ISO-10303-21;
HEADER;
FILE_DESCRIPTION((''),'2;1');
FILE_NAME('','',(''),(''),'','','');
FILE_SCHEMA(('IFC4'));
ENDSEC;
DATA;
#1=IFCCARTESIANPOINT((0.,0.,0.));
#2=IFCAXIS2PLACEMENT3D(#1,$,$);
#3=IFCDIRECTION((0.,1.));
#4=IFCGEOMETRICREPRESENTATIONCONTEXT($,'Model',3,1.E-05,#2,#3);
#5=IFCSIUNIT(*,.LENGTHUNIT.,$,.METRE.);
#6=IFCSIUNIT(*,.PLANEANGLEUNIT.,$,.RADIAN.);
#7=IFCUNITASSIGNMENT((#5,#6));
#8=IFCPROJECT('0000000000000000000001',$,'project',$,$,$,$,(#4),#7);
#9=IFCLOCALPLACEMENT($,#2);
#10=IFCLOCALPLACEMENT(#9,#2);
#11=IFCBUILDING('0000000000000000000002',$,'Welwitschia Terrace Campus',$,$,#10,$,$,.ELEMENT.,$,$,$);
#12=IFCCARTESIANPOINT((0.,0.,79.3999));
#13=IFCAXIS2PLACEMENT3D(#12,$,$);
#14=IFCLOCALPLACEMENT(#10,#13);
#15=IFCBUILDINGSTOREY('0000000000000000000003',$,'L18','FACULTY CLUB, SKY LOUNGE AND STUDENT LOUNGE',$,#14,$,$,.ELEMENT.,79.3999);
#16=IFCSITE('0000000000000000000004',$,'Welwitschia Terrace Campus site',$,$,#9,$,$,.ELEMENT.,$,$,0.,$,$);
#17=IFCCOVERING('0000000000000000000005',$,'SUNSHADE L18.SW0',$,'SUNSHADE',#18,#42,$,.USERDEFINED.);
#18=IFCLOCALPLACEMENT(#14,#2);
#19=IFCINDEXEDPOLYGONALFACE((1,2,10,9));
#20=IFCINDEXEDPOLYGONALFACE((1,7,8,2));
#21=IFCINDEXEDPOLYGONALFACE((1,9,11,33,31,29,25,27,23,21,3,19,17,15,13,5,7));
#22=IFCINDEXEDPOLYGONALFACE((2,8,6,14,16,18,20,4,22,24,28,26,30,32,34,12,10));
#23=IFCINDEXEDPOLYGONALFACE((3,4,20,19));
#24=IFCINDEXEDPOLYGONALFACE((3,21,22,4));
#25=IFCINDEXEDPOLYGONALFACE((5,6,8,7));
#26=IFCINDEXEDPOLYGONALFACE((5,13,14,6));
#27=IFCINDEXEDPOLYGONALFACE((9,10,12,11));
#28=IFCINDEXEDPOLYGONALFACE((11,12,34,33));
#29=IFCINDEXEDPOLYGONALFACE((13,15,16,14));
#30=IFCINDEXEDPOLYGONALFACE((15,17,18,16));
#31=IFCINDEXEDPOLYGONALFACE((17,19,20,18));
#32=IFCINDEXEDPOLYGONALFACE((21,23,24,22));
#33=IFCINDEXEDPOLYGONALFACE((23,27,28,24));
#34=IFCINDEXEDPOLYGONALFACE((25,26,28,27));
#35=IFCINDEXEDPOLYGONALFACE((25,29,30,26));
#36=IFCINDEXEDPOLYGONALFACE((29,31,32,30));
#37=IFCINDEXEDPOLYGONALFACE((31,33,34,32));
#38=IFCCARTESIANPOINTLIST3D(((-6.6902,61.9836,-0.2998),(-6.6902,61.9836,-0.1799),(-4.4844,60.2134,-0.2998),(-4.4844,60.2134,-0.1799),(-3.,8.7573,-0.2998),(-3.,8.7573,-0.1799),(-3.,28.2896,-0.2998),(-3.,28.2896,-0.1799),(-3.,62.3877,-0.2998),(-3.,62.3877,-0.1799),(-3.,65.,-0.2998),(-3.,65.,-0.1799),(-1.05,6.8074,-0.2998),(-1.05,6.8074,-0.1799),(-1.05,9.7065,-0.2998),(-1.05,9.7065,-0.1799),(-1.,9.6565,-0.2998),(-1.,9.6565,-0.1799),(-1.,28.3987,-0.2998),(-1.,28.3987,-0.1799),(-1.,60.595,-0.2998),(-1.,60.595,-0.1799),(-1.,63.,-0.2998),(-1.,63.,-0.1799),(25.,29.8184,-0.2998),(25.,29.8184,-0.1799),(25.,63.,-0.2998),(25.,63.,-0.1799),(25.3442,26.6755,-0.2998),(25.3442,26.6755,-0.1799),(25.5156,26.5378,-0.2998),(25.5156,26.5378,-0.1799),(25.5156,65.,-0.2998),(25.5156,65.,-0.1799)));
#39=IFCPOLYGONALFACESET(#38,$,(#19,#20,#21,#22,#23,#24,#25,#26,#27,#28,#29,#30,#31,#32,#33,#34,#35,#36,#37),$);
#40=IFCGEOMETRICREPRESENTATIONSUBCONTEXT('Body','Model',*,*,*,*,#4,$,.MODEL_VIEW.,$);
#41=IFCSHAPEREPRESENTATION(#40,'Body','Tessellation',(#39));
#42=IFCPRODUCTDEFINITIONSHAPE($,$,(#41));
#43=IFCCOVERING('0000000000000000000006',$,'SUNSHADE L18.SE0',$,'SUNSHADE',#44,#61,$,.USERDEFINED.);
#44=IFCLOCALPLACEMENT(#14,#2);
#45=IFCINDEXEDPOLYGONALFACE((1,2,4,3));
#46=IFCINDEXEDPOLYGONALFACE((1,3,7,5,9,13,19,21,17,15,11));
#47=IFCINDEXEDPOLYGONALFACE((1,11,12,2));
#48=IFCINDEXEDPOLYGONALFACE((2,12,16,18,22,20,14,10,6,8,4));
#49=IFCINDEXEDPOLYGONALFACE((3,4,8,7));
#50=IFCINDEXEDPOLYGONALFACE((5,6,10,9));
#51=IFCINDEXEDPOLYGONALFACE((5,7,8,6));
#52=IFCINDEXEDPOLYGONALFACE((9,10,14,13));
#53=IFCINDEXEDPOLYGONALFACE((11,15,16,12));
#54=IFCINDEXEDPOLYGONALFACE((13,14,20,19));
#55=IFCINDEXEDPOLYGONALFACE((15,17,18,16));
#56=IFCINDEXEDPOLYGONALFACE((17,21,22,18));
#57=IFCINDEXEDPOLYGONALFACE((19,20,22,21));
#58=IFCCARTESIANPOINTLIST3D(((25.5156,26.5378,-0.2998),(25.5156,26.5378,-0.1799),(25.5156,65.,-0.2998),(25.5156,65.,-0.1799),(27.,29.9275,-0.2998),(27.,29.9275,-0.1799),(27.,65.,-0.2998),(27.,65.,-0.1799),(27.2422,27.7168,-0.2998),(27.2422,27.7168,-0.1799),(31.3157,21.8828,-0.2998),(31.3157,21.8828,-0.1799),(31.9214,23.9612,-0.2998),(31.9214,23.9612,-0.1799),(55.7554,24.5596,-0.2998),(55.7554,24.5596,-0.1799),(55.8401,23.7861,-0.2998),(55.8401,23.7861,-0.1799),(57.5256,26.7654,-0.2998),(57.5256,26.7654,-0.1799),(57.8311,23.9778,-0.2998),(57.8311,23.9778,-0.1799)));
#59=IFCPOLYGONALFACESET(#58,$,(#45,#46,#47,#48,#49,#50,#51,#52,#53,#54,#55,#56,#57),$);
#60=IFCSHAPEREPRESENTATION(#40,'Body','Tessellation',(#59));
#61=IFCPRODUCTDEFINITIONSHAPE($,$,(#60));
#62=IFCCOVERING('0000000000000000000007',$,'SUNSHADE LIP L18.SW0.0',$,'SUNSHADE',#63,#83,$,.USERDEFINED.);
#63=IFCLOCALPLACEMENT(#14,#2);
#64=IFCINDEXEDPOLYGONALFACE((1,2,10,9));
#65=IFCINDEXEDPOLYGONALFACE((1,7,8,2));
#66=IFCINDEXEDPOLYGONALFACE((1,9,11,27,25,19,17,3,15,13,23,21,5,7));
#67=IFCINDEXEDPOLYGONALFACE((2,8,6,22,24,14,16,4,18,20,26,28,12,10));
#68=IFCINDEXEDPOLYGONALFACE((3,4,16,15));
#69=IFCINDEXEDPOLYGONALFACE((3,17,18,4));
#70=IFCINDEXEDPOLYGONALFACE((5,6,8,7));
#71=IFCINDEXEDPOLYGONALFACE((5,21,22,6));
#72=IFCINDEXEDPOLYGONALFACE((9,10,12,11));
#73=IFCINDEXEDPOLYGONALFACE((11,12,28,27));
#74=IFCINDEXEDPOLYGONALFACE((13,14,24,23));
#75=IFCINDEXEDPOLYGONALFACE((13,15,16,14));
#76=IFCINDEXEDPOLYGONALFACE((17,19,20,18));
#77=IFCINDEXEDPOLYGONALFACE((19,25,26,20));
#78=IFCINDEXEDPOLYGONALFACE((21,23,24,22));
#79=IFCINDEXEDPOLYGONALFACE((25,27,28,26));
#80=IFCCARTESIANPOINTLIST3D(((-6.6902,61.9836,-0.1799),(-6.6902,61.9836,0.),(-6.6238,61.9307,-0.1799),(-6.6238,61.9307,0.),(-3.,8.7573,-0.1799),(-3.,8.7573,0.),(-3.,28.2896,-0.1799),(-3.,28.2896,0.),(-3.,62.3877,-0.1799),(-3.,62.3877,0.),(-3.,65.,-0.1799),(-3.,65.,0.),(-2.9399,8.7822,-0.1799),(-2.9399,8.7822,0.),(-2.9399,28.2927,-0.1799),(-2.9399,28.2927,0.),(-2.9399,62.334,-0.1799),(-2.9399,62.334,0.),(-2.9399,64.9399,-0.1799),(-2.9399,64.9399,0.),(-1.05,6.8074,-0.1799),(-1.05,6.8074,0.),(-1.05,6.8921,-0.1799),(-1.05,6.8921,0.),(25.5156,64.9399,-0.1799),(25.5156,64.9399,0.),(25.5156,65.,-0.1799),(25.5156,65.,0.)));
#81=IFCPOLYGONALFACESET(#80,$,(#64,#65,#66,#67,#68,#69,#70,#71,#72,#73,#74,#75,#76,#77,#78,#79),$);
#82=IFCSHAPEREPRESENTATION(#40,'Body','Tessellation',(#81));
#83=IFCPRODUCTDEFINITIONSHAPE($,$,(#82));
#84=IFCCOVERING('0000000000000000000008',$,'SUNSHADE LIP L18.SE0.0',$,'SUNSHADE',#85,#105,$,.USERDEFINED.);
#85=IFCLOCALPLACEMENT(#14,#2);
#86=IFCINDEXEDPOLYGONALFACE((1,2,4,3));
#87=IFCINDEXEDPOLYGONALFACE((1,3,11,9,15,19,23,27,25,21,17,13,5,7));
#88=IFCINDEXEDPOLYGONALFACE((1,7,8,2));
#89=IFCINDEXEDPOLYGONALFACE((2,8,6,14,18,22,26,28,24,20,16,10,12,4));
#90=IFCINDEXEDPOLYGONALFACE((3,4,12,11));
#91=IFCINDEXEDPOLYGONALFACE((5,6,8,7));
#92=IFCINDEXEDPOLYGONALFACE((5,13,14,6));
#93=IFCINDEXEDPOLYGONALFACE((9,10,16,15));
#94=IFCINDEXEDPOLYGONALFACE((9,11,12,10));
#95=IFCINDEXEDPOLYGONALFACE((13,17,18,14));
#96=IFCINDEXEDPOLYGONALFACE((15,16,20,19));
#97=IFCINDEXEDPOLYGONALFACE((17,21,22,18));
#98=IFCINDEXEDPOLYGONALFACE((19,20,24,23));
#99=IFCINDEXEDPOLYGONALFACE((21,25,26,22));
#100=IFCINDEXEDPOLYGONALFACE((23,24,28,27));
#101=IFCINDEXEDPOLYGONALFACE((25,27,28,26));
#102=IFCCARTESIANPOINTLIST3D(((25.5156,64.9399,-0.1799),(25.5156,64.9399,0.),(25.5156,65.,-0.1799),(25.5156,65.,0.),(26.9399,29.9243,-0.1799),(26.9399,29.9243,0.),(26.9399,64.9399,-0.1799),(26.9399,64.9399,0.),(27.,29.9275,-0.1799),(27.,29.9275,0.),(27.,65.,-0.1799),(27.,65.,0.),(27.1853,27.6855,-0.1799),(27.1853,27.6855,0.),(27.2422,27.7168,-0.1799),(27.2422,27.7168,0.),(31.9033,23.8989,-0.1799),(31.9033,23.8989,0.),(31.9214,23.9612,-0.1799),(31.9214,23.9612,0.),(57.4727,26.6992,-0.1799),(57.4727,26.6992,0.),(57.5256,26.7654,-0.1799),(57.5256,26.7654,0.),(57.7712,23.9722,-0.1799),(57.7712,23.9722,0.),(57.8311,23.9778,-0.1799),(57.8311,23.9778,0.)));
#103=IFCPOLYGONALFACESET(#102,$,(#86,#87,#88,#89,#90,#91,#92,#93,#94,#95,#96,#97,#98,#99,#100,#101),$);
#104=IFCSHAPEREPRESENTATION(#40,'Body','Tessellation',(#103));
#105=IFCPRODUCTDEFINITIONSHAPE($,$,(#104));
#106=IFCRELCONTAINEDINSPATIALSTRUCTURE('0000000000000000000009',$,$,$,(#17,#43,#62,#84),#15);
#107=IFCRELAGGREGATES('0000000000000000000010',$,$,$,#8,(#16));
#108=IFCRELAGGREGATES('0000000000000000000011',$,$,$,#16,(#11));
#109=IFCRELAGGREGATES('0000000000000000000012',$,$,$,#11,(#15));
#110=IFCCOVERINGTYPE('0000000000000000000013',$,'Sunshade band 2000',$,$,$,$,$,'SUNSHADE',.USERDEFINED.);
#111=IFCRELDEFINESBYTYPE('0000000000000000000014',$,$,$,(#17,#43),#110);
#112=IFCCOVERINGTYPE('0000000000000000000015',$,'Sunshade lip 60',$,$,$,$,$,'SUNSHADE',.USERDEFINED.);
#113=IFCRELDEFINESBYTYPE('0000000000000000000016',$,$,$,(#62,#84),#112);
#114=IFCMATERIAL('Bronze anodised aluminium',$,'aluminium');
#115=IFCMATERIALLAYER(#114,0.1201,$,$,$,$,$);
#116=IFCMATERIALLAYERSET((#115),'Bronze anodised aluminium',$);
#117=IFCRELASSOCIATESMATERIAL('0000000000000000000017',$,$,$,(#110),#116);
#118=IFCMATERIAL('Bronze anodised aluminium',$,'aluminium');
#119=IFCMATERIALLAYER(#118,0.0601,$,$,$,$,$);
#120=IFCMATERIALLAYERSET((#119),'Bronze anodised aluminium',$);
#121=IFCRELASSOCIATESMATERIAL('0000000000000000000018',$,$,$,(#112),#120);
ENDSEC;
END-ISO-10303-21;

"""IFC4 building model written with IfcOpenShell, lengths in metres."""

from ifc_helpers import new_model, si_unit, direction, frame, origin, place, context, subcontext, project, spatial, polyline, outline, extrude, material, layer, layer_set, type_object, element, save


model = new_model("IFC4")

# Units and contexts
model_context = context("Model", 3, precision=1e-05, world=origin(), true_north=direction((0.0, 1.0)))
body_context = subcontext(model_context, "Body", "Model", "MODEL_VIEW")
ifc_project = project(units=[si_unit("LENGTHUNIT", "METRE"), si_unit("PLANEANGLEUNIT", "RADIAN")], contexts=[model_context])

# Site, building, storey
site_placement = place(None, origin())
site = spatial("IfcSite", under=ifc_project, at=site_placement, Name="Welwitschia Terrace Campus site", CompositionType="ELEMENT", RefElevation=0.0)
building_placement = place(site_placement, origin())
building = spatial("IfcBuilding", under=site, at=building_placement, Name="Welwitschia Terrace Campus", CompositionType="ELEMENT")
storey_placement = place(building_placement, frame((0.0, 0.0, 79.3999)))
storey = spatial("IfcBuildingStorey", under=building, at=storey_placement, Name="L18", Description="FACULTY CLUB, SKY LOUNGE AND STUDENT LOUNGE", CompositionType="ELEMENT", Elevation=79.3999)

# Coverings
ifc_material_1 = material(Name="Bronze anodised aluminium", Category="aluminium")
ifc_layer_1 = layer(ifc_material_1, 0.1201)
ifc_layer_set_1 = layer_set([ifc_layer_1], Name="Bronze anodised aluminium")
covering_type_1 = type_object("IfcCoveringType", Name="Sunshade band 2000", ElementType="SUNSHADE", PredefinedType="USERDEFINED", material=ifc_layer_set_1)
covering_1_placement = place(storey_placement, frame((0.0, 0.0, -0.2998)))
element("IfcCovering", 1, at=covering_1_placement, inside=storey, type_object=covering_type_1, Name="SUNSHADE L18.SW0", ObjectType="SUNSHADE", PredefinedType="USERDEFINED", context=body_context, shape_type="SweptSolid", body=[
    extrude(outline(polyline([(25.3442, 26.6755), (25.0, 29.8184), (25.0, 63.0), (-1.0, 63.0), (-1.0, 60.595), (-4.4844, 60.2134), (-1.0, 28.3987), (-1.0, 9.6565), (-1.05, 9.7065), (-1.05, 6.8074), (-3.0, 8.7573), (-3.0, 28.2896), (-6.6902, 61.9836), (-3.0, 62.3877), (-3.0, 65.0), (25.5156, 65.0), (25.5156, 26.5378), (25.3442, 26.6755)])), origin(), (0.0, 0.0, 1.0), 0.1199),
])
covering_2_placement = place(storey_placement, frame((0.0, 0.0, -0.2998)))
element("IfcCovering", 2, at=covering_2_placement, inside=storey, type_object=covering_type_1, Name="SUNSHADE L18.SE0", ObjectType="SUNSHADE", PredefinedType="USERDEFINED", context=body_context, shape_type="SweptSolid", body=[
    extrude(outline(polyline([(31.9214, 23.9612), (57.5256, 26.7654), (57.8311, 23.9778), (55.8401, 23.7861), (55.7554, 24.5596), (31.3157, 21.8828), (25.5156, 26.5378), (25.5156, 65.0), (27.0, 65.0), (27.0, 29.9275), (27.2422, 27.7168), (31.9214, 23.9612)])), origin(), (0.0, 0.0, 1.0), 0.1199),
])
ifc_material_2 = material(Name="Bronze anodised aluminium", Category="aluminium")
ifc_layer_2 = layer(ifc_material_2, 0.0601)
ifc_layer_set_2 = layer_set([ifc_layer_2], Name="Bronze anodised aluminium")
covering_type_2 = type_object("IfcCoveringType", Name="Sunshade lip 60", ElementType="SUNSHADE", PredefinedType="USERDEFINED", material=ifc_layer_set_2)
covering_3_placement = place(storey_placement, frame((0.0, 0.0, -0.1799)))
element("IfcCovering", 3, at=covering_3_placement, inside=storey, type_object=covering_type_2, Name="SUNSHADE LIP L18.SW0.0", ObjectType="SUNSHADE", PredefinedType="USERDEFINED", context=body_context, shape_type="SweptSolid", body=[
    extrude(outline(polyline([(-1.05, 6.8074), (-3.0, 8.7573), (-3.0, 28.2896), (-6.6902, 61.9836), (-3.0, 62.3877), (-3.0, 65.0), (25.5156, 65.0), (25.5156, 64.9399), (-2.9399, 64.9399), (-2.9399, 62.334), (-6.6238, 61.9307), (-2.9399, 28.2927), (-2.9399, 8.7822), (-1.05, 6.8921), (-1.05, 6.8074)])), origin(), (0.0, 0.0, 1.0), 0.1799),
])
covering_4_placement = place(storey_placement, frame((0.0, 0.0, -0.1799)))
element("IfcCovering", 4, at=covering_4_placement, inside=storey, type_object=covering_type_2, Name="SUNSHADE LIP L18.SE0.0", ObjectType="SUNSHADE", PredefinedType="USERDEFINED", context=body_context, shape_type="SweptSolid", body=[
    extrude(outline(polyline([(57.5256, 26.7654), (57.8311, 23.9778), (57.7712, 23.9722), (57.4727, 26.6992), (31.9033, 23.8989), (27.1853, 27.6855), (26.9399, 29.9243), (26.9399, 64.9399), (25.5156, 64.9399), (25.5156, 65.0), (27.0, 65.0), (27.0, 29.9275), (27.2422, 27.7168), (31.9214, 23.9612), (57.5256, 26.7654)])), origin(), (0.0, 0.0, 1.0), 0.1799),
])

save(model, "model.ifc")
